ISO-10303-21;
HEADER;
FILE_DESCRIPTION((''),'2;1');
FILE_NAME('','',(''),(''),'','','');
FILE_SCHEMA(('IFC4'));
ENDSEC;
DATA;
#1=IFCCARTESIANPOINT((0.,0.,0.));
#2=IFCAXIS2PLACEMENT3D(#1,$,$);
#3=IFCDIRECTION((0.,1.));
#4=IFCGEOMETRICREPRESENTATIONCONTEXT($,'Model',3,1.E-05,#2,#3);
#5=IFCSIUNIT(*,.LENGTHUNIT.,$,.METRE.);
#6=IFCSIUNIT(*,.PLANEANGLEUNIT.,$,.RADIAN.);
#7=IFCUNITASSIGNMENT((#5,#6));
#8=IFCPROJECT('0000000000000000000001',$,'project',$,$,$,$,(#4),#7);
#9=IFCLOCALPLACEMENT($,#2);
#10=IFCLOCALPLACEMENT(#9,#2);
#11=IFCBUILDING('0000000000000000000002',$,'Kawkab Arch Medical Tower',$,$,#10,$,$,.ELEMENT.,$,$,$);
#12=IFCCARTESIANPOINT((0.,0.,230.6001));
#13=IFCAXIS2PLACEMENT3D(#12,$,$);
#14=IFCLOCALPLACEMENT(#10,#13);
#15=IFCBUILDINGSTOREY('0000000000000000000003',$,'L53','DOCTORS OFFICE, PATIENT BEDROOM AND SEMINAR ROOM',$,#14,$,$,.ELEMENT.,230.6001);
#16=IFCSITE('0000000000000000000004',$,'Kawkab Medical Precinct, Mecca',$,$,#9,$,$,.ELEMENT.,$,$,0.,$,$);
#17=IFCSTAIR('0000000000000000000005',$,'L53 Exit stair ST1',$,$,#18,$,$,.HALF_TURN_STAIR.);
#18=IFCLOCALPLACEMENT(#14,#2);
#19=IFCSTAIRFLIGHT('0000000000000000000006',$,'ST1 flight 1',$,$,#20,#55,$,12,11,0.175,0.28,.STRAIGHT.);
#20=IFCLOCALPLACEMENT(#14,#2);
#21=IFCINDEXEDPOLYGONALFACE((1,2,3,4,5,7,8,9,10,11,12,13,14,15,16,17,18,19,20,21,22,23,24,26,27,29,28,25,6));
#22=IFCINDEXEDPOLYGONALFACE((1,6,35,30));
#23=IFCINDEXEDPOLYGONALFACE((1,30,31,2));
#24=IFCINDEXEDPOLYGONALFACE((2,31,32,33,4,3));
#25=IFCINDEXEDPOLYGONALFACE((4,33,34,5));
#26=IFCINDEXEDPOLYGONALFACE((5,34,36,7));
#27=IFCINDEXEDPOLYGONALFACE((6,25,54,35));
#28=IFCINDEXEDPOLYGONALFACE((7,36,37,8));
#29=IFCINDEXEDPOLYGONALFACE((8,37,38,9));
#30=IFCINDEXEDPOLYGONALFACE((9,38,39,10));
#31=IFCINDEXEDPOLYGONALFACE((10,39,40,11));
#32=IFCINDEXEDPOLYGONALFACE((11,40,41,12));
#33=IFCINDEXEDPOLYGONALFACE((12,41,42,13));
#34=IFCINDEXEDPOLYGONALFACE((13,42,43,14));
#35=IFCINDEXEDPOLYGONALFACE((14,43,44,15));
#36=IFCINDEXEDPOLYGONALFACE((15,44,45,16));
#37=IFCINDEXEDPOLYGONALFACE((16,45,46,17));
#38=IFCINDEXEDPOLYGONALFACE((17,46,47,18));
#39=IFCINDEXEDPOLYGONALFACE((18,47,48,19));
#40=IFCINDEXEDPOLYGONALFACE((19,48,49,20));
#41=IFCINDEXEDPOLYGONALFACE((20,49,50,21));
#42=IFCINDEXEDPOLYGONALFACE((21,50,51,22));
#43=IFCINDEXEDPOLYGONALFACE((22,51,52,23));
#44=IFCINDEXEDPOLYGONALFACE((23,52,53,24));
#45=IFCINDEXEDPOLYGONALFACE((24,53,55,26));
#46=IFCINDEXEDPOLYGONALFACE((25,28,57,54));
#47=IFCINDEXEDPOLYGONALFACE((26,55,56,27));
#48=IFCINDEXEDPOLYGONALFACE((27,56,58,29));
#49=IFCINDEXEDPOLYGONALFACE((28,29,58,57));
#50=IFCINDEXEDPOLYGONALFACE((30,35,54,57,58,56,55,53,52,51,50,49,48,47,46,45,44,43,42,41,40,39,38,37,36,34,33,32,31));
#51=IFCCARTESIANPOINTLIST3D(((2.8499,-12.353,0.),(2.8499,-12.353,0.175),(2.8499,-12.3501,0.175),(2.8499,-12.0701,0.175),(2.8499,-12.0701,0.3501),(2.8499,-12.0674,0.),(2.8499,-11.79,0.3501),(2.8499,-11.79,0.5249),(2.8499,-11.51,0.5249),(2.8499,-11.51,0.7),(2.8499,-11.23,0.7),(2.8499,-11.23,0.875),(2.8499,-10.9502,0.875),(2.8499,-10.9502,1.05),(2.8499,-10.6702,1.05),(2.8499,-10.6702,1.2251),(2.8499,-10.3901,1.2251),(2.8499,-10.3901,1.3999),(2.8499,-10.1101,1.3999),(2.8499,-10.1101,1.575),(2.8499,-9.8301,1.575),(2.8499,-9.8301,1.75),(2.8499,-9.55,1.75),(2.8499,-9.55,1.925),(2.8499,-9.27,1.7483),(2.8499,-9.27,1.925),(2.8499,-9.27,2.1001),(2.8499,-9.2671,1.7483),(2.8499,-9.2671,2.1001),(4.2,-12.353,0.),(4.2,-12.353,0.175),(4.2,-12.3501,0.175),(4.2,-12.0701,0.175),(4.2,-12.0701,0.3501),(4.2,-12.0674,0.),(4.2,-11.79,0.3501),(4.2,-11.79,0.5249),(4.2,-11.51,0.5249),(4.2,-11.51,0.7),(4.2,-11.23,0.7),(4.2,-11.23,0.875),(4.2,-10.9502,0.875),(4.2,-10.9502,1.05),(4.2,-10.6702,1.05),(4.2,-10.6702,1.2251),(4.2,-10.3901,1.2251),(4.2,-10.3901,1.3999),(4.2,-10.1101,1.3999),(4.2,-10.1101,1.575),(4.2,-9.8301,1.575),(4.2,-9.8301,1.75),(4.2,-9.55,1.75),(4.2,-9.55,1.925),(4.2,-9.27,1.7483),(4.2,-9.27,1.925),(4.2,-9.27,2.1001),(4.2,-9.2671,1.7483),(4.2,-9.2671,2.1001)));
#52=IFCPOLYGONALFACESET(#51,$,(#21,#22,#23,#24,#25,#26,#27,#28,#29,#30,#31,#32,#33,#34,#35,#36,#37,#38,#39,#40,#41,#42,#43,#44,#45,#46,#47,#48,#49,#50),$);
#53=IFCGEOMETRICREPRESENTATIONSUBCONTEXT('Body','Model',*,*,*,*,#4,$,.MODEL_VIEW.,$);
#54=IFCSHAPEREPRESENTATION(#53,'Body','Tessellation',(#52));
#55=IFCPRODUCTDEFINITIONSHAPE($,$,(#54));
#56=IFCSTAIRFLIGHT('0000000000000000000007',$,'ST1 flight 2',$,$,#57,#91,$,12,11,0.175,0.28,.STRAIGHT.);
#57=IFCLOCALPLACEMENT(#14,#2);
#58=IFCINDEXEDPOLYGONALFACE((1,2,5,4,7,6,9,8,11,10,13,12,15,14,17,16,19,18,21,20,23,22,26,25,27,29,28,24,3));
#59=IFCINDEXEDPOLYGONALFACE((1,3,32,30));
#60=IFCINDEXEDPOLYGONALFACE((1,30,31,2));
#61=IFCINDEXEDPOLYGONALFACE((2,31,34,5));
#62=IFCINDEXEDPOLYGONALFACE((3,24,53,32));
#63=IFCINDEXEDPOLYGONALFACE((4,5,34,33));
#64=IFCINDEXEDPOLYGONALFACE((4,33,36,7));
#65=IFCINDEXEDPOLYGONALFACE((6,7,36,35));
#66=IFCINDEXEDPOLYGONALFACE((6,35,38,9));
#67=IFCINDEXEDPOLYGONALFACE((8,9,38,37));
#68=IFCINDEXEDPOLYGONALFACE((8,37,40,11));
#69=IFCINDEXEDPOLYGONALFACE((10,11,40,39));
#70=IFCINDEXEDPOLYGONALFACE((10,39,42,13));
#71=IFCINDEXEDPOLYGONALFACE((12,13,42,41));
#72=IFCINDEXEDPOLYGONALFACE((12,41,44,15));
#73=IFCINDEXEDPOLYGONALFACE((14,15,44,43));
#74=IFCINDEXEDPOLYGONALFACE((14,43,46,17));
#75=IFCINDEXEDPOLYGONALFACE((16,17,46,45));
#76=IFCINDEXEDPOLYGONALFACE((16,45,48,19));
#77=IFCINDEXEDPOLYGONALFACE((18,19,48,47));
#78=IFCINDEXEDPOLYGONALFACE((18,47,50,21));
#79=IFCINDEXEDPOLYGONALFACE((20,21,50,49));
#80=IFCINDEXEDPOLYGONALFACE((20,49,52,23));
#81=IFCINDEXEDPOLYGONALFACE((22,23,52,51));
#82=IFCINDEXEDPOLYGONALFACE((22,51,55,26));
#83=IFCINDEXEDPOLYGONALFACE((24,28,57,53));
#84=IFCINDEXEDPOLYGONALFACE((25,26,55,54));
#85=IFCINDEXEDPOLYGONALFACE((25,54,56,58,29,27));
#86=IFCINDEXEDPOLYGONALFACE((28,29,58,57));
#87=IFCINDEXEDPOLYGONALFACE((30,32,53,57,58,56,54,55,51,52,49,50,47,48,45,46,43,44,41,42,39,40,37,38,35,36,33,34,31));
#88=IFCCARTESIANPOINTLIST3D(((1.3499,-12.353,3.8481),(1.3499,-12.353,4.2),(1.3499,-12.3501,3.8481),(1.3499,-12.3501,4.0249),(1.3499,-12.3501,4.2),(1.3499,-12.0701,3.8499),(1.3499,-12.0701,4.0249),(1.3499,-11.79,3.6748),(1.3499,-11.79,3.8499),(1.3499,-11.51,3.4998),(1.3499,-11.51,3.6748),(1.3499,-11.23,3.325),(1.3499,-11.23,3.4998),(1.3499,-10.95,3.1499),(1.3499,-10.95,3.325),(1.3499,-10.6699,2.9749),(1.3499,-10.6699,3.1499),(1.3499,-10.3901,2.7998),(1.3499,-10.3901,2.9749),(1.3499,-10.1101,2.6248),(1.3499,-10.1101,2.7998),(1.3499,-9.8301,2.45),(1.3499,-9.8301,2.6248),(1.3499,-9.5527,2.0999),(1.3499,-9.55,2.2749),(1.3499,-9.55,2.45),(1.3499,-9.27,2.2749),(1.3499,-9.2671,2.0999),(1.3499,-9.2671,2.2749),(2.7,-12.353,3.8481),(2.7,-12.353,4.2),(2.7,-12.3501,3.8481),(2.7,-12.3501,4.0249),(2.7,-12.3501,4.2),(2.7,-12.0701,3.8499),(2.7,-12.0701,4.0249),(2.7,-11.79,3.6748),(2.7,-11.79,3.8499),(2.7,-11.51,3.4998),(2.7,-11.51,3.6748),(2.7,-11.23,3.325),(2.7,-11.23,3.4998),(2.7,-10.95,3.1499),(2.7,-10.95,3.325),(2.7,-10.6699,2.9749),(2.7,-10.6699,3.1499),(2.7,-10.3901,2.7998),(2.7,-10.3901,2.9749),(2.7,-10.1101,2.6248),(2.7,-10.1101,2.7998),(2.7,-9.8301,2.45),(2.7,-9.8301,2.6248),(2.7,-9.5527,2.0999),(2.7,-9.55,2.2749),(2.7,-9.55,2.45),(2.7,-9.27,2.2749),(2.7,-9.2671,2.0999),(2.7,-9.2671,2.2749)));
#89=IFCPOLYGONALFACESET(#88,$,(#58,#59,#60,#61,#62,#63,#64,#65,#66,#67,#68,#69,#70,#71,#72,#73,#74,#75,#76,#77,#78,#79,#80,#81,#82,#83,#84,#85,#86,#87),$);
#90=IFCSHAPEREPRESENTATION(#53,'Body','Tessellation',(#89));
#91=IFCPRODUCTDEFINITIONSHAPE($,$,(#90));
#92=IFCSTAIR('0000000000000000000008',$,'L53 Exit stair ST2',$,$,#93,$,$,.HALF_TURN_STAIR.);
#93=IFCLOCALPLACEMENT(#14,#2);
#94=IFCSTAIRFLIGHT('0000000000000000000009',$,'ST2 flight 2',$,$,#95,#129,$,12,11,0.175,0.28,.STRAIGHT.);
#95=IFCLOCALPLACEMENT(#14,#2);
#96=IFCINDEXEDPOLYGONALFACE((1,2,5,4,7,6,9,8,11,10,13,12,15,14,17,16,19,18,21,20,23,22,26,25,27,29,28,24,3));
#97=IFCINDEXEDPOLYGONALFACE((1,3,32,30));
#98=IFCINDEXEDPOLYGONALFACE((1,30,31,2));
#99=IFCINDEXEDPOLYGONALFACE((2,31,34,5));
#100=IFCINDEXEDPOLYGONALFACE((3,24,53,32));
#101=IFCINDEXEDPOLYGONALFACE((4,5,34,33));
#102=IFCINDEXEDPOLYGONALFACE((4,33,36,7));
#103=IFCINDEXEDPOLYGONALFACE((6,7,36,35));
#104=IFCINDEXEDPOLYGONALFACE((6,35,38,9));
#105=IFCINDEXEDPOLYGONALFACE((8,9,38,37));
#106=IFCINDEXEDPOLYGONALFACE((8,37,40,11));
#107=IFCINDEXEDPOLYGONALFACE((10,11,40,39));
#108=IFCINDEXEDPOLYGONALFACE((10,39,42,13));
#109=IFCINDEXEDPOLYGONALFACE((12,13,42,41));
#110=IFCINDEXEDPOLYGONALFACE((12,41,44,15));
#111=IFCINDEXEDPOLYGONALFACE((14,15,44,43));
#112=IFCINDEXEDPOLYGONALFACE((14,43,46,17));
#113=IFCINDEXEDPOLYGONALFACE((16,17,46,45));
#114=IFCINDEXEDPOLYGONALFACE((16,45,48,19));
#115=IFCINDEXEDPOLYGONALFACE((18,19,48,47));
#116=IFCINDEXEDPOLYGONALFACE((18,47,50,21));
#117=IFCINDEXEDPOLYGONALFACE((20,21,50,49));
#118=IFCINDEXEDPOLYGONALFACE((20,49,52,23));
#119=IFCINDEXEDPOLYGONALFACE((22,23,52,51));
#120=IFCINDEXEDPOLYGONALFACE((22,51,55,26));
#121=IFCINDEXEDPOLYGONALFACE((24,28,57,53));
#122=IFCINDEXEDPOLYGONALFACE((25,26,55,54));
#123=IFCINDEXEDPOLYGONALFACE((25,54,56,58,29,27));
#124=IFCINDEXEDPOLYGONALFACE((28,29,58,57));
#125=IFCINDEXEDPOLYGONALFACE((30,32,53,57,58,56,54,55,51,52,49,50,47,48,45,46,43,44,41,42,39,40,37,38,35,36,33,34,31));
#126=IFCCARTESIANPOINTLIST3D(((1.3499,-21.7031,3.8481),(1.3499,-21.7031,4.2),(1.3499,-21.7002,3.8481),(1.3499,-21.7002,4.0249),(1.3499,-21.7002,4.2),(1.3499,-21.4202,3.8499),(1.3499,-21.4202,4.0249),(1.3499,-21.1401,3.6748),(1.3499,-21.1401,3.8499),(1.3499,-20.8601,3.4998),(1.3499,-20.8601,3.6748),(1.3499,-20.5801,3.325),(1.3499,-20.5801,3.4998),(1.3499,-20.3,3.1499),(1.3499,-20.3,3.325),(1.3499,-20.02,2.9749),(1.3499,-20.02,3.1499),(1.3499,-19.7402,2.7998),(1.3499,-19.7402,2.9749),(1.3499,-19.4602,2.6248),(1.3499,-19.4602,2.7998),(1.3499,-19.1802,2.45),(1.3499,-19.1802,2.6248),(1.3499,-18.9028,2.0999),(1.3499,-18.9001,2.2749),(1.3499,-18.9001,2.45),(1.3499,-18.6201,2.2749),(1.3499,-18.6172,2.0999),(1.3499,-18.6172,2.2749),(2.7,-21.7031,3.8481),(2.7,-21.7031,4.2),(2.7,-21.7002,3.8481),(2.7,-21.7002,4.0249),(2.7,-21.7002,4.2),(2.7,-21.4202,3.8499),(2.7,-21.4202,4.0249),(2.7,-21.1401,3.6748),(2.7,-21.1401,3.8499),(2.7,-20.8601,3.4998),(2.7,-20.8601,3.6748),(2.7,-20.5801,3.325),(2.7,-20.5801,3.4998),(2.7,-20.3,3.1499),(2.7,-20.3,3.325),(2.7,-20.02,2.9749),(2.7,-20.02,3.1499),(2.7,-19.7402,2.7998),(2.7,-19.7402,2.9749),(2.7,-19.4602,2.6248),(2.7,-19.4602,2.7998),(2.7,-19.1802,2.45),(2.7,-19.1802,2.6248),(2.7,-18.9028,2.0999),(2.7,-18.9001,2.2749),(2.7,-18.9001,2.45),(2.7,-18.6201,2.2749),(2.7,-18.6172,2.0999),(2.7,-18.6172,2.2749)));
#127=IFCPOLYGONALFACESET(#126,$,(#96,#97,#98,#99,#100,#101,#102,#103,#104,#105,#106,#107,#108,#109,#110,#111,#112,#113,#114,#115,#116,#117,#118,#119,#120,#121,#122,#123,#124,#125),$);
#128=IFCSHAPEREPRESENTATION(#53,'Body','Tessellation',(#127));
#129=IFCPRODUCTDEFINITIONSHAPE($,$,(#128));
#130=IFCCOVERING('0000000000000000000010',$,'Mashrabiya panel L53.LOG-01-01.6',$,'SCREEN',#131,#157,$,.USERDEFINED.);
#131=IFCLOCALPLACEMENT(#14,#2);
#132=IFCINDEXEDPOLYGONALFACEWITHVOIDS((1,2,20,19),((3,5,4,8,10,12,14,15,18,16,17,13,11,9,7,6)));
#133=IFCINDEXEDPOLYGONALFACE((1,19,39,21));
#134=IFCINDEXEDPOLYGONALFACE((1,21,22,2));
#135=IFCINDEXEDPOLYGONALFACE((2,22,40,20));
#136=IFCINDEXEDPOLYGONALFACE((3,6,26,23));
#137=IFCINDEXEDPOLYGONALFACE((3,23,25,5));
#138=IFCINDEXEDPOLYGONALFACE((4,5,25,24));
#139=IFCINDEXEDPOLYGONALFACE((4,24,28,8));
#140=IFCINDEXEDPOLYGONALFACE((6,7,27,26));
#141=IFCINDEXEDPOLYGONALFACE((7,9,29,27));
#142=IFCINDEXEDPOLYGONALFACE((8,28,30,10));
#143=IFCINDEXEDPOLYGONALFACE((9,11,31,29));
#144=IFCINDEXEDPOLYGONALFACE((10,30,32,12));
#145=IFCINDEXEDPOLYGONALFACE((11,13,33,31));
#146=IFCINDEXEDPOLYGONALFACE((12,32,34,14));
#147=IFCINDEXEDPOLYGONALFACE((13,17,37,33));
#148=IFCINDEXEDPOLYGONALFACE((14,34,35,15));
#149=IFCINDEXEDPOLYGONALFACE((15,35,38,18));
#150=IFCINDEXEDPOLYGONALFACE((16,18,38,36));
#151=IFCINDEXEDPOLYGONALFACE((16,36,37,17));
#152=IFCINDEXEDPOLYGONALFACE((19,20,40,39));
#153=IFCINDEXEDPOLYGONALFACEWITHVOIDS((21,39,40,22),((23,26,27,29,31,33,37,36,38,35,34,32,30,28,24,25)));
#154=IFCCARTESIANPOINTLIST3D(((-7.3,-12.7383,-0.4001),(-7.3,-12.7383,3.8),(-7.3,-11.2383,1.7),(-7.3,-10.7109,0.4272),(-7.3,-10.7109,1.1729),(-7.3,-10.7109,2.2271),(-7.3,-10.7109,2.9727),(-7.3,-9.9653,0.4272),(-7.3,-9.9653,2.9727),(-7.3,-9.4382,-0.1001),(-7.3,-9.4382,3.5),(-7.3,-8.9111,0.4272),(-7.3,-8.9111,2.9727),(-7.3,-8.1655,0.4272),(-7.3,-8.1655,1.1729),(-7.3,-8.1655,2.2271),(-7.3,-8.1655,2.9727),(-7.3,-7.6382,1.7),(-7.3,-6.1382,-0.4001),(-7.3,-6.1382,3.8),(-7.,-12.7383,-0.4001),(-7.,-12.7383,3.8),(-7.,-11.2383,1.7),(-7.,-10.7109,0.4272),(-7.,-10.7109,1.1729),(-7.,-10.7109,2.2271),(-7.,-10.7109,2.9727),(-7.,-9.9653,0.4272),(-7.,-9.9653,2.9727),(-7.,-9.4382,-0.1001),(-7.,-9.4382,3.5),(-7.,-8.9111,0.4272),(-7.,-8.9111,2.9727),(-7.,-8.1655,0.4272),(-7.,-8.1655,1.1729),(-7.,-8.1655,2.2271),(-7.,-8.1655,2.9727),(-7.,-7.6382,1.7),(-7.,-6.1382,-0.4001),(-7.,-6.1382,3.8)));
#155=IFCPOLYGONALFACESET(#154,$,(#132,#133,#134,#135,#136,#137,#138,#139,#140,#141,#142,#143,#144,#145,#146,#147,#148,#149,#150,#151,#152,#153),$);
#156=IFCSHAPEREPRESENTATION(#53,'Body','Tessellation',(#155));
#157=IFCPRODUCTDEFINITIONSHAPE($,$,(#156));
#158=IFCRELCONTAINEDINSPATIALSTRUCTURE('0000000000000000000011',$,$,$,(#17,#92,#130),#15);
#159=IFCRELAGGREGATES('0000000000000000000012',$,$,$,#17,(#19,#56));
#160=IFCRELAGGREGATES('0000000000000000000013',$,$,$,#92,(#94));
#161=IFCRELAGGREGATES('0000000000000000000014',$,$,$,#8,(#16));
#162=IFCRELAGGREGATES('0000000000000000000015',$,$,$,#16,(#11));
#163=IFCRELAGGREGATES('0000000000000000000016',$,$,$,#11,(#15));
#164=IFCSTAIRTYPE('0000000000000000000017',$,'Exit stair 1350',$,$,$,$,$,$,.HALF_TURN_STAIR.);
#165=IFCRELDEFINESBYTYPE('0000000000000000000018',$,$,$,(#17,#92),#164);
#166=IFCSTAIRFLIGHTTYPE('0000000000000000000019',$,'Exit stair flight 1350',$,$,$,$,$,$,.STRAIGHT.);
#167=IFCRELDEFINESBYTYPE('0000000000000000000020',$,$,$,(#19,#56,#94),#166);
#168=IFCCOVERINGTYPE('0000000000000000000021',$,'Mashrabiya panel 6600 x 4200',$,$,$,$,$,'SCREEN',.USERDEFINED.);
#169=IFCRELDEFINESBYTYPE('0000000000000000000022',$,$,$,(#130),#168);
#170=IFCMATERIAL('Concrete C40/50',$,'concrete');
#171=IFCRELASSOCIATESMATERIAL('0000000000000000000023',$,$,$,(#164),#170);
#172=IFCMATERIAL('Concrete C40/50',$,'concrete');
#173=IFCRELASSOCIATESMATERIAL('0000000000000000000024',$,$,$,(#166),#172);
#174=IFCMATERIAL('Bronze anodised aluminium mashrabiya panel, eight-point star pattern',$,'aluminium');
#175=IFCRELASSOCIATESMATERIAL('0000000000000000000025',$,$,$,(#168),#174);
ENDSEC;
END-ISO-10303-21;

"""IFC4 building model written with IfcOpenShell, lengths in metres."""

from ifc_helpers import new_model, si_unit, direction, frame, origin, place, context, subcontext, project, spatial, polyline, outline, extrude, material, material_profile, profile_set, type_object, element, aggregate, save


model = new_model("IFC4")

# Units and contexts
model_context = context("Model", 3, precision=1e-05, world=origin(), true_north=direction((0.0, 1.0)))
body_context = subcontext(model_context, "Body", "Model", "MODEL_VIEW")
ifc_project = project(units=[si_unit("LENGTHUNIT", "METRE"), si_unit("PLANEANGLEUNIT", "RADIAN")], contexts=[model_context])

# Site, building, storey
site_placement = place(None, origin())
site = spatial("IfcSite", under=ifc_project, at=site_placement, Name="Kawkab Medical Precinct, Mecca", CompositionType="ELEMENT", RefElevation=0.0)
building_placement = place(site_placement, origin())
building = spatial("IfcBuilding", under=site, at=building_placement, Name="Kawkab Arch Medical Tower", CompositionType="ELEMENT")
storey_placement = place(building_placement, frame((0.0, 0.0, 230.6001)))
storey = spatial("IfcBuildingStorey", under=building, at=storey_placement, Name="L53", Description="DOCTORS OFFICE, PATIENT BEDROOM AND SEMINAR ROOM", CompositionType="ELEMENT", Elevation=230.6001)

# Shared definitions
placement = place(storey_placement, origin())

# Stair, stair flights
ifc_material_1 = material(Name="Concrete C40/50", Category="concrete")
stair_type = type_object("IfcStairType", Name="Exit stair 1350", PredefinedType="HALF_TURN_STAIR", material=ifc_material_1)
stair_1 = element("IfcStair", 1, at=placement, inside=storey, type_object=stair_type, Name="L53 Exit stair ST1", PredefinedType="HALF_TURN_STAIR")
ifc_material_2 = material(Name="Concrete C40/50", Category="concrete")
stair_flight_type = type_object("IfcStairFlightType", Name="Exit stair flight 1350", PredefinedType="STRAIGHT", material=ifc_material_2)
stair_flight_1_placement = place(storey_placement, frame((3.5249, -12.3501, 0.0), z_axis=(0.0, 0.0, 1.0), x_axis=(0.0, 1.0, 0.0)))
stair_flight_1 = element("IfcStairFlight", 2, at=stair_flight_1_placement, type_object=stair_flight_type, Name="ST1 flight 1", NumberOfRisers=12, NumberOfTreads=11, PredefinedType="STRAIGHT", RiserHeight=0.175, TreadLength=0.28, context=body_context, shape_type="SweptSolid", body=[
    extrude(outline(polyline([(-0.0029, 0.0), (-0.0029, 0.175), (0.0, 0.175), (0.28, 0.175), (0.28, 0.3501), (0.5601, 0.3501), (0.5601, 0.5249), (0.8401, 0.5249), (0.8401, 0.7), (1.1201, 0.7), (1.1201, 0.875), (1.3999, 0.875), (1.3999, 1.05), (1.6799, 1.05), (1.6799, 1.2251), (1.96, 1.2251), (1.96, 1.3999), (2.24, 1.3999), (2.24, 1.575), (2.52, 1.575), (2.52, 1.75), (2.8, 1.75), (2.8, 1.925), (3.0801, 1.925), (3.0801, 2.1001), (3.083, 2.1001), (3.083, 1.7483), (3.0801, 1.7483), (0.2827, 0.0), (-0.0029, 0.0)])), frame((0.0, 0.675, 0.0), z_axis=(0.0, -1.0, 0.0), x_axis=(1.0, 0.0, 0.0)), (0.0, 0.0, 1.0), 1.3501),
])
stair_flight_2_placement = place(storey_placement, frame((2.0249, -9.27, 2.0999), z_axis=(0.0, 0.0, 1.0), x_axis=(0.0, -1.0, 0.0)))
stair_flight_2 = element("IfcStairFlight", 3, at=stair_flight_2_placement, type_object=stair_flight_type, Name="ST1 flight 2", NumberOfRisers=12, NumberOfTreads=11, PredefinedType="STRAIGHT", RiserHeight=0.175, TreadLength=0.28, context=body_context, shape_type="SweptSolid", body=[
    extrude(outline(polyline([(-0.0029, 0.0), (-0.0029, 0.175), (0.0, 0.175), (0.28, 0.175), (0.28, 0.3501), (0.5601, 0.3501), (0.5601, 0.5249), (0.8401, 0.5249), (0.8401, 0.7), (1.1201, 0.7), (1.1201, 0.875), (1.3999, 0.875), (1.3999, 1.05), (1.6799, 1.05), (1.6799, 1.2251), (1.96, 1.2251), (1.96, 1.3999), (2.24, 1.3999), (2.24, 1.575), (2.52, 1.575), (2.52, 1.75), (2.8, 1.75), (2.8, 1.925), (3.0801, 1.925), (3.0801, 2.1001), (3.083, 2.1001), (3.083, 1.7483), (3.0801, 1.7483), (0.2827, 0.0), (-0.0029, 0.0)])), frame((0.0, 0.675, 0.0), z_axis=(0.0, -1.0, 0.0), x_axis=(1.0, 0.0, 0.0)), (0.0, 0.0, 1.0), 1.3501),
])
aggregate(stair_1, [stair_flight_1, stair_flight_2])

# Stair, stair flight
stair_2 = element("IfcStair", 4, at=placement, inside=storey, type_object=stair_type, Name="L53 Exit stair ST2", PredefinedType="HALF_TURN_STAIR")
stair_flight_3_placement = place(storey_placement, frame((2.0249, -18.6201, 2.0999), z_axis=(0.0, 0.0, 1.0), x_axis=(0.0, -1.0, 0.0)))
stair_flight_3 = element("IfcStairFlight", 5, at=stair_flight_3_placement, type_object=stair_flight_type, Name="ST2 flight 2", NumberOfRisers=12, NumberOfTreads=11, PredefinedType="STRAIGHT", RiserHeight=0.175, TreadLength=0.28, context=body_context, shape_type="SweptSolid", body=[
    extrude(outline(polyline([(-0.0029, 0.0), (-0.0029, 0.175), (0.0, 0.175), (0.28, 0.175), (0.28, 0.3501), (0.5601, 0.3501), (0.5601, 0.5249), (0.8401, 0.5249), (0.8401, 0.7), (1.1201, 0.7), (1.1201, 0.875), (1.3999, 0.875), (1.3999, 1.05), (1.6799, 1.05), (1.6799, 1.2251), (1.96, 1.2251), (1.96, 1.3999), (2.24, 1.3999), (2.24, 1.575), (2.52, 1.575), (2.52, 1.75), (2.8, 1.75), (2.8, 1.925), (3.0801, 1.925), (3.0801, 2.1001), (3.083, 2.1001), (3.083, 1.7483), (3.0801, 1.7483), (0.2827, 0.0), (-0.0029, 0.0)])), frame((0.0, 0.675, 0.0), z_axis=(0.0, -1.0, 0.0), x_axis=(1.0, 0.0, 0.0)), (0.0, 0.0, 1.0), 1.3501),
])
aggregate(stair_2, [stair_flight_3])

# Covering
ifc_material_3 = material(Name="Bronze anodised aluminium mashrabiya panel, eight-point star pattern", Category="aluminium")
ifc_material_profile_1 = material_profile(ifc_material_3, outline(polyline([(-3.3, -2.1001), (3.3, -2.1001), (3.3, 2.1001), (-3.3, 2.1001), (-3.3, -2.1001)]), holes=[polyline([(1.8, 0.0), (1.2727, 0.5271), (1.2727, 1.2727), (0.5271, 1.2727), (0.0, 1.8), (-0.5271, 1.2727), (-1.2727, 1.2727), (-1.2727, 0.5271), (-1.8, 0.0), (-1.2727, -0.5271), (-1.2727, -1.2727), (-0.5271, -1.2727), (0.0, -1.8), (0.5271, -1.2727), (1.2727, -1.2727), (1.2727, -0.5271), (1.8, 0.0)])]), Name="Mashrabiya panel 6600x4200")
ifc_profile_set_1 = profile_set([ifc_material_profile_1], Name="Bronze anodised aluminium mashrabiya panel, eight-point star pattern")
covering_type = type_object("IfcCoveringType", Name="Mashrabiya panel 6600 x 4200", ElementType="SCREEN", PredefinedType="USERDEFINED", material=ifc_profile_set_1)
covering_placement = place(storey_placement, frame((-7.0, -9.4382, 1.7), z_axis=(-1.0, 0.0, 0.0), x_axis=(0.0, -1.0, 0.0)))
element("IfcCovering", 6, at=covering_placement, inside=storey, type_object=covering_type, Name="Mashrabiya panel L53.LOG-01-01.6", ObjectType="SCREEN", PredefinedType="USERDEFINED", context=body_context, shape_type="SweptSolid", body=[
    extrude(outline(polyline([(-3.3, -2.1001), (3.3, -2.1001), (3.3, 2.1001), (-3.3, 2.1001), (-3.3, -2.1001)]), holes=[polyline([(1.8, 0.0), (1.2727, 0.5271), (1.2727, 1.2727), (0.5271, 1.2727), (0.0, 1.8), (-0.5271, 1.2727), (-1.2727, 1.2727), (-1.2727, 0.5271), (-1.8, 0.0), (-1.2727, -0.5271), (-1.2727, -1.2727), (-0.5271, -1.2727), (0.0, -1.8), (0.5271, -1.2727), (1.2727, -1.2727), (1.2727, -0.5271), (1.8, 0.0)])]), origin(), (0.0, 0.0, 1.0), 0.3),
])

save(model, "model.ifc")
